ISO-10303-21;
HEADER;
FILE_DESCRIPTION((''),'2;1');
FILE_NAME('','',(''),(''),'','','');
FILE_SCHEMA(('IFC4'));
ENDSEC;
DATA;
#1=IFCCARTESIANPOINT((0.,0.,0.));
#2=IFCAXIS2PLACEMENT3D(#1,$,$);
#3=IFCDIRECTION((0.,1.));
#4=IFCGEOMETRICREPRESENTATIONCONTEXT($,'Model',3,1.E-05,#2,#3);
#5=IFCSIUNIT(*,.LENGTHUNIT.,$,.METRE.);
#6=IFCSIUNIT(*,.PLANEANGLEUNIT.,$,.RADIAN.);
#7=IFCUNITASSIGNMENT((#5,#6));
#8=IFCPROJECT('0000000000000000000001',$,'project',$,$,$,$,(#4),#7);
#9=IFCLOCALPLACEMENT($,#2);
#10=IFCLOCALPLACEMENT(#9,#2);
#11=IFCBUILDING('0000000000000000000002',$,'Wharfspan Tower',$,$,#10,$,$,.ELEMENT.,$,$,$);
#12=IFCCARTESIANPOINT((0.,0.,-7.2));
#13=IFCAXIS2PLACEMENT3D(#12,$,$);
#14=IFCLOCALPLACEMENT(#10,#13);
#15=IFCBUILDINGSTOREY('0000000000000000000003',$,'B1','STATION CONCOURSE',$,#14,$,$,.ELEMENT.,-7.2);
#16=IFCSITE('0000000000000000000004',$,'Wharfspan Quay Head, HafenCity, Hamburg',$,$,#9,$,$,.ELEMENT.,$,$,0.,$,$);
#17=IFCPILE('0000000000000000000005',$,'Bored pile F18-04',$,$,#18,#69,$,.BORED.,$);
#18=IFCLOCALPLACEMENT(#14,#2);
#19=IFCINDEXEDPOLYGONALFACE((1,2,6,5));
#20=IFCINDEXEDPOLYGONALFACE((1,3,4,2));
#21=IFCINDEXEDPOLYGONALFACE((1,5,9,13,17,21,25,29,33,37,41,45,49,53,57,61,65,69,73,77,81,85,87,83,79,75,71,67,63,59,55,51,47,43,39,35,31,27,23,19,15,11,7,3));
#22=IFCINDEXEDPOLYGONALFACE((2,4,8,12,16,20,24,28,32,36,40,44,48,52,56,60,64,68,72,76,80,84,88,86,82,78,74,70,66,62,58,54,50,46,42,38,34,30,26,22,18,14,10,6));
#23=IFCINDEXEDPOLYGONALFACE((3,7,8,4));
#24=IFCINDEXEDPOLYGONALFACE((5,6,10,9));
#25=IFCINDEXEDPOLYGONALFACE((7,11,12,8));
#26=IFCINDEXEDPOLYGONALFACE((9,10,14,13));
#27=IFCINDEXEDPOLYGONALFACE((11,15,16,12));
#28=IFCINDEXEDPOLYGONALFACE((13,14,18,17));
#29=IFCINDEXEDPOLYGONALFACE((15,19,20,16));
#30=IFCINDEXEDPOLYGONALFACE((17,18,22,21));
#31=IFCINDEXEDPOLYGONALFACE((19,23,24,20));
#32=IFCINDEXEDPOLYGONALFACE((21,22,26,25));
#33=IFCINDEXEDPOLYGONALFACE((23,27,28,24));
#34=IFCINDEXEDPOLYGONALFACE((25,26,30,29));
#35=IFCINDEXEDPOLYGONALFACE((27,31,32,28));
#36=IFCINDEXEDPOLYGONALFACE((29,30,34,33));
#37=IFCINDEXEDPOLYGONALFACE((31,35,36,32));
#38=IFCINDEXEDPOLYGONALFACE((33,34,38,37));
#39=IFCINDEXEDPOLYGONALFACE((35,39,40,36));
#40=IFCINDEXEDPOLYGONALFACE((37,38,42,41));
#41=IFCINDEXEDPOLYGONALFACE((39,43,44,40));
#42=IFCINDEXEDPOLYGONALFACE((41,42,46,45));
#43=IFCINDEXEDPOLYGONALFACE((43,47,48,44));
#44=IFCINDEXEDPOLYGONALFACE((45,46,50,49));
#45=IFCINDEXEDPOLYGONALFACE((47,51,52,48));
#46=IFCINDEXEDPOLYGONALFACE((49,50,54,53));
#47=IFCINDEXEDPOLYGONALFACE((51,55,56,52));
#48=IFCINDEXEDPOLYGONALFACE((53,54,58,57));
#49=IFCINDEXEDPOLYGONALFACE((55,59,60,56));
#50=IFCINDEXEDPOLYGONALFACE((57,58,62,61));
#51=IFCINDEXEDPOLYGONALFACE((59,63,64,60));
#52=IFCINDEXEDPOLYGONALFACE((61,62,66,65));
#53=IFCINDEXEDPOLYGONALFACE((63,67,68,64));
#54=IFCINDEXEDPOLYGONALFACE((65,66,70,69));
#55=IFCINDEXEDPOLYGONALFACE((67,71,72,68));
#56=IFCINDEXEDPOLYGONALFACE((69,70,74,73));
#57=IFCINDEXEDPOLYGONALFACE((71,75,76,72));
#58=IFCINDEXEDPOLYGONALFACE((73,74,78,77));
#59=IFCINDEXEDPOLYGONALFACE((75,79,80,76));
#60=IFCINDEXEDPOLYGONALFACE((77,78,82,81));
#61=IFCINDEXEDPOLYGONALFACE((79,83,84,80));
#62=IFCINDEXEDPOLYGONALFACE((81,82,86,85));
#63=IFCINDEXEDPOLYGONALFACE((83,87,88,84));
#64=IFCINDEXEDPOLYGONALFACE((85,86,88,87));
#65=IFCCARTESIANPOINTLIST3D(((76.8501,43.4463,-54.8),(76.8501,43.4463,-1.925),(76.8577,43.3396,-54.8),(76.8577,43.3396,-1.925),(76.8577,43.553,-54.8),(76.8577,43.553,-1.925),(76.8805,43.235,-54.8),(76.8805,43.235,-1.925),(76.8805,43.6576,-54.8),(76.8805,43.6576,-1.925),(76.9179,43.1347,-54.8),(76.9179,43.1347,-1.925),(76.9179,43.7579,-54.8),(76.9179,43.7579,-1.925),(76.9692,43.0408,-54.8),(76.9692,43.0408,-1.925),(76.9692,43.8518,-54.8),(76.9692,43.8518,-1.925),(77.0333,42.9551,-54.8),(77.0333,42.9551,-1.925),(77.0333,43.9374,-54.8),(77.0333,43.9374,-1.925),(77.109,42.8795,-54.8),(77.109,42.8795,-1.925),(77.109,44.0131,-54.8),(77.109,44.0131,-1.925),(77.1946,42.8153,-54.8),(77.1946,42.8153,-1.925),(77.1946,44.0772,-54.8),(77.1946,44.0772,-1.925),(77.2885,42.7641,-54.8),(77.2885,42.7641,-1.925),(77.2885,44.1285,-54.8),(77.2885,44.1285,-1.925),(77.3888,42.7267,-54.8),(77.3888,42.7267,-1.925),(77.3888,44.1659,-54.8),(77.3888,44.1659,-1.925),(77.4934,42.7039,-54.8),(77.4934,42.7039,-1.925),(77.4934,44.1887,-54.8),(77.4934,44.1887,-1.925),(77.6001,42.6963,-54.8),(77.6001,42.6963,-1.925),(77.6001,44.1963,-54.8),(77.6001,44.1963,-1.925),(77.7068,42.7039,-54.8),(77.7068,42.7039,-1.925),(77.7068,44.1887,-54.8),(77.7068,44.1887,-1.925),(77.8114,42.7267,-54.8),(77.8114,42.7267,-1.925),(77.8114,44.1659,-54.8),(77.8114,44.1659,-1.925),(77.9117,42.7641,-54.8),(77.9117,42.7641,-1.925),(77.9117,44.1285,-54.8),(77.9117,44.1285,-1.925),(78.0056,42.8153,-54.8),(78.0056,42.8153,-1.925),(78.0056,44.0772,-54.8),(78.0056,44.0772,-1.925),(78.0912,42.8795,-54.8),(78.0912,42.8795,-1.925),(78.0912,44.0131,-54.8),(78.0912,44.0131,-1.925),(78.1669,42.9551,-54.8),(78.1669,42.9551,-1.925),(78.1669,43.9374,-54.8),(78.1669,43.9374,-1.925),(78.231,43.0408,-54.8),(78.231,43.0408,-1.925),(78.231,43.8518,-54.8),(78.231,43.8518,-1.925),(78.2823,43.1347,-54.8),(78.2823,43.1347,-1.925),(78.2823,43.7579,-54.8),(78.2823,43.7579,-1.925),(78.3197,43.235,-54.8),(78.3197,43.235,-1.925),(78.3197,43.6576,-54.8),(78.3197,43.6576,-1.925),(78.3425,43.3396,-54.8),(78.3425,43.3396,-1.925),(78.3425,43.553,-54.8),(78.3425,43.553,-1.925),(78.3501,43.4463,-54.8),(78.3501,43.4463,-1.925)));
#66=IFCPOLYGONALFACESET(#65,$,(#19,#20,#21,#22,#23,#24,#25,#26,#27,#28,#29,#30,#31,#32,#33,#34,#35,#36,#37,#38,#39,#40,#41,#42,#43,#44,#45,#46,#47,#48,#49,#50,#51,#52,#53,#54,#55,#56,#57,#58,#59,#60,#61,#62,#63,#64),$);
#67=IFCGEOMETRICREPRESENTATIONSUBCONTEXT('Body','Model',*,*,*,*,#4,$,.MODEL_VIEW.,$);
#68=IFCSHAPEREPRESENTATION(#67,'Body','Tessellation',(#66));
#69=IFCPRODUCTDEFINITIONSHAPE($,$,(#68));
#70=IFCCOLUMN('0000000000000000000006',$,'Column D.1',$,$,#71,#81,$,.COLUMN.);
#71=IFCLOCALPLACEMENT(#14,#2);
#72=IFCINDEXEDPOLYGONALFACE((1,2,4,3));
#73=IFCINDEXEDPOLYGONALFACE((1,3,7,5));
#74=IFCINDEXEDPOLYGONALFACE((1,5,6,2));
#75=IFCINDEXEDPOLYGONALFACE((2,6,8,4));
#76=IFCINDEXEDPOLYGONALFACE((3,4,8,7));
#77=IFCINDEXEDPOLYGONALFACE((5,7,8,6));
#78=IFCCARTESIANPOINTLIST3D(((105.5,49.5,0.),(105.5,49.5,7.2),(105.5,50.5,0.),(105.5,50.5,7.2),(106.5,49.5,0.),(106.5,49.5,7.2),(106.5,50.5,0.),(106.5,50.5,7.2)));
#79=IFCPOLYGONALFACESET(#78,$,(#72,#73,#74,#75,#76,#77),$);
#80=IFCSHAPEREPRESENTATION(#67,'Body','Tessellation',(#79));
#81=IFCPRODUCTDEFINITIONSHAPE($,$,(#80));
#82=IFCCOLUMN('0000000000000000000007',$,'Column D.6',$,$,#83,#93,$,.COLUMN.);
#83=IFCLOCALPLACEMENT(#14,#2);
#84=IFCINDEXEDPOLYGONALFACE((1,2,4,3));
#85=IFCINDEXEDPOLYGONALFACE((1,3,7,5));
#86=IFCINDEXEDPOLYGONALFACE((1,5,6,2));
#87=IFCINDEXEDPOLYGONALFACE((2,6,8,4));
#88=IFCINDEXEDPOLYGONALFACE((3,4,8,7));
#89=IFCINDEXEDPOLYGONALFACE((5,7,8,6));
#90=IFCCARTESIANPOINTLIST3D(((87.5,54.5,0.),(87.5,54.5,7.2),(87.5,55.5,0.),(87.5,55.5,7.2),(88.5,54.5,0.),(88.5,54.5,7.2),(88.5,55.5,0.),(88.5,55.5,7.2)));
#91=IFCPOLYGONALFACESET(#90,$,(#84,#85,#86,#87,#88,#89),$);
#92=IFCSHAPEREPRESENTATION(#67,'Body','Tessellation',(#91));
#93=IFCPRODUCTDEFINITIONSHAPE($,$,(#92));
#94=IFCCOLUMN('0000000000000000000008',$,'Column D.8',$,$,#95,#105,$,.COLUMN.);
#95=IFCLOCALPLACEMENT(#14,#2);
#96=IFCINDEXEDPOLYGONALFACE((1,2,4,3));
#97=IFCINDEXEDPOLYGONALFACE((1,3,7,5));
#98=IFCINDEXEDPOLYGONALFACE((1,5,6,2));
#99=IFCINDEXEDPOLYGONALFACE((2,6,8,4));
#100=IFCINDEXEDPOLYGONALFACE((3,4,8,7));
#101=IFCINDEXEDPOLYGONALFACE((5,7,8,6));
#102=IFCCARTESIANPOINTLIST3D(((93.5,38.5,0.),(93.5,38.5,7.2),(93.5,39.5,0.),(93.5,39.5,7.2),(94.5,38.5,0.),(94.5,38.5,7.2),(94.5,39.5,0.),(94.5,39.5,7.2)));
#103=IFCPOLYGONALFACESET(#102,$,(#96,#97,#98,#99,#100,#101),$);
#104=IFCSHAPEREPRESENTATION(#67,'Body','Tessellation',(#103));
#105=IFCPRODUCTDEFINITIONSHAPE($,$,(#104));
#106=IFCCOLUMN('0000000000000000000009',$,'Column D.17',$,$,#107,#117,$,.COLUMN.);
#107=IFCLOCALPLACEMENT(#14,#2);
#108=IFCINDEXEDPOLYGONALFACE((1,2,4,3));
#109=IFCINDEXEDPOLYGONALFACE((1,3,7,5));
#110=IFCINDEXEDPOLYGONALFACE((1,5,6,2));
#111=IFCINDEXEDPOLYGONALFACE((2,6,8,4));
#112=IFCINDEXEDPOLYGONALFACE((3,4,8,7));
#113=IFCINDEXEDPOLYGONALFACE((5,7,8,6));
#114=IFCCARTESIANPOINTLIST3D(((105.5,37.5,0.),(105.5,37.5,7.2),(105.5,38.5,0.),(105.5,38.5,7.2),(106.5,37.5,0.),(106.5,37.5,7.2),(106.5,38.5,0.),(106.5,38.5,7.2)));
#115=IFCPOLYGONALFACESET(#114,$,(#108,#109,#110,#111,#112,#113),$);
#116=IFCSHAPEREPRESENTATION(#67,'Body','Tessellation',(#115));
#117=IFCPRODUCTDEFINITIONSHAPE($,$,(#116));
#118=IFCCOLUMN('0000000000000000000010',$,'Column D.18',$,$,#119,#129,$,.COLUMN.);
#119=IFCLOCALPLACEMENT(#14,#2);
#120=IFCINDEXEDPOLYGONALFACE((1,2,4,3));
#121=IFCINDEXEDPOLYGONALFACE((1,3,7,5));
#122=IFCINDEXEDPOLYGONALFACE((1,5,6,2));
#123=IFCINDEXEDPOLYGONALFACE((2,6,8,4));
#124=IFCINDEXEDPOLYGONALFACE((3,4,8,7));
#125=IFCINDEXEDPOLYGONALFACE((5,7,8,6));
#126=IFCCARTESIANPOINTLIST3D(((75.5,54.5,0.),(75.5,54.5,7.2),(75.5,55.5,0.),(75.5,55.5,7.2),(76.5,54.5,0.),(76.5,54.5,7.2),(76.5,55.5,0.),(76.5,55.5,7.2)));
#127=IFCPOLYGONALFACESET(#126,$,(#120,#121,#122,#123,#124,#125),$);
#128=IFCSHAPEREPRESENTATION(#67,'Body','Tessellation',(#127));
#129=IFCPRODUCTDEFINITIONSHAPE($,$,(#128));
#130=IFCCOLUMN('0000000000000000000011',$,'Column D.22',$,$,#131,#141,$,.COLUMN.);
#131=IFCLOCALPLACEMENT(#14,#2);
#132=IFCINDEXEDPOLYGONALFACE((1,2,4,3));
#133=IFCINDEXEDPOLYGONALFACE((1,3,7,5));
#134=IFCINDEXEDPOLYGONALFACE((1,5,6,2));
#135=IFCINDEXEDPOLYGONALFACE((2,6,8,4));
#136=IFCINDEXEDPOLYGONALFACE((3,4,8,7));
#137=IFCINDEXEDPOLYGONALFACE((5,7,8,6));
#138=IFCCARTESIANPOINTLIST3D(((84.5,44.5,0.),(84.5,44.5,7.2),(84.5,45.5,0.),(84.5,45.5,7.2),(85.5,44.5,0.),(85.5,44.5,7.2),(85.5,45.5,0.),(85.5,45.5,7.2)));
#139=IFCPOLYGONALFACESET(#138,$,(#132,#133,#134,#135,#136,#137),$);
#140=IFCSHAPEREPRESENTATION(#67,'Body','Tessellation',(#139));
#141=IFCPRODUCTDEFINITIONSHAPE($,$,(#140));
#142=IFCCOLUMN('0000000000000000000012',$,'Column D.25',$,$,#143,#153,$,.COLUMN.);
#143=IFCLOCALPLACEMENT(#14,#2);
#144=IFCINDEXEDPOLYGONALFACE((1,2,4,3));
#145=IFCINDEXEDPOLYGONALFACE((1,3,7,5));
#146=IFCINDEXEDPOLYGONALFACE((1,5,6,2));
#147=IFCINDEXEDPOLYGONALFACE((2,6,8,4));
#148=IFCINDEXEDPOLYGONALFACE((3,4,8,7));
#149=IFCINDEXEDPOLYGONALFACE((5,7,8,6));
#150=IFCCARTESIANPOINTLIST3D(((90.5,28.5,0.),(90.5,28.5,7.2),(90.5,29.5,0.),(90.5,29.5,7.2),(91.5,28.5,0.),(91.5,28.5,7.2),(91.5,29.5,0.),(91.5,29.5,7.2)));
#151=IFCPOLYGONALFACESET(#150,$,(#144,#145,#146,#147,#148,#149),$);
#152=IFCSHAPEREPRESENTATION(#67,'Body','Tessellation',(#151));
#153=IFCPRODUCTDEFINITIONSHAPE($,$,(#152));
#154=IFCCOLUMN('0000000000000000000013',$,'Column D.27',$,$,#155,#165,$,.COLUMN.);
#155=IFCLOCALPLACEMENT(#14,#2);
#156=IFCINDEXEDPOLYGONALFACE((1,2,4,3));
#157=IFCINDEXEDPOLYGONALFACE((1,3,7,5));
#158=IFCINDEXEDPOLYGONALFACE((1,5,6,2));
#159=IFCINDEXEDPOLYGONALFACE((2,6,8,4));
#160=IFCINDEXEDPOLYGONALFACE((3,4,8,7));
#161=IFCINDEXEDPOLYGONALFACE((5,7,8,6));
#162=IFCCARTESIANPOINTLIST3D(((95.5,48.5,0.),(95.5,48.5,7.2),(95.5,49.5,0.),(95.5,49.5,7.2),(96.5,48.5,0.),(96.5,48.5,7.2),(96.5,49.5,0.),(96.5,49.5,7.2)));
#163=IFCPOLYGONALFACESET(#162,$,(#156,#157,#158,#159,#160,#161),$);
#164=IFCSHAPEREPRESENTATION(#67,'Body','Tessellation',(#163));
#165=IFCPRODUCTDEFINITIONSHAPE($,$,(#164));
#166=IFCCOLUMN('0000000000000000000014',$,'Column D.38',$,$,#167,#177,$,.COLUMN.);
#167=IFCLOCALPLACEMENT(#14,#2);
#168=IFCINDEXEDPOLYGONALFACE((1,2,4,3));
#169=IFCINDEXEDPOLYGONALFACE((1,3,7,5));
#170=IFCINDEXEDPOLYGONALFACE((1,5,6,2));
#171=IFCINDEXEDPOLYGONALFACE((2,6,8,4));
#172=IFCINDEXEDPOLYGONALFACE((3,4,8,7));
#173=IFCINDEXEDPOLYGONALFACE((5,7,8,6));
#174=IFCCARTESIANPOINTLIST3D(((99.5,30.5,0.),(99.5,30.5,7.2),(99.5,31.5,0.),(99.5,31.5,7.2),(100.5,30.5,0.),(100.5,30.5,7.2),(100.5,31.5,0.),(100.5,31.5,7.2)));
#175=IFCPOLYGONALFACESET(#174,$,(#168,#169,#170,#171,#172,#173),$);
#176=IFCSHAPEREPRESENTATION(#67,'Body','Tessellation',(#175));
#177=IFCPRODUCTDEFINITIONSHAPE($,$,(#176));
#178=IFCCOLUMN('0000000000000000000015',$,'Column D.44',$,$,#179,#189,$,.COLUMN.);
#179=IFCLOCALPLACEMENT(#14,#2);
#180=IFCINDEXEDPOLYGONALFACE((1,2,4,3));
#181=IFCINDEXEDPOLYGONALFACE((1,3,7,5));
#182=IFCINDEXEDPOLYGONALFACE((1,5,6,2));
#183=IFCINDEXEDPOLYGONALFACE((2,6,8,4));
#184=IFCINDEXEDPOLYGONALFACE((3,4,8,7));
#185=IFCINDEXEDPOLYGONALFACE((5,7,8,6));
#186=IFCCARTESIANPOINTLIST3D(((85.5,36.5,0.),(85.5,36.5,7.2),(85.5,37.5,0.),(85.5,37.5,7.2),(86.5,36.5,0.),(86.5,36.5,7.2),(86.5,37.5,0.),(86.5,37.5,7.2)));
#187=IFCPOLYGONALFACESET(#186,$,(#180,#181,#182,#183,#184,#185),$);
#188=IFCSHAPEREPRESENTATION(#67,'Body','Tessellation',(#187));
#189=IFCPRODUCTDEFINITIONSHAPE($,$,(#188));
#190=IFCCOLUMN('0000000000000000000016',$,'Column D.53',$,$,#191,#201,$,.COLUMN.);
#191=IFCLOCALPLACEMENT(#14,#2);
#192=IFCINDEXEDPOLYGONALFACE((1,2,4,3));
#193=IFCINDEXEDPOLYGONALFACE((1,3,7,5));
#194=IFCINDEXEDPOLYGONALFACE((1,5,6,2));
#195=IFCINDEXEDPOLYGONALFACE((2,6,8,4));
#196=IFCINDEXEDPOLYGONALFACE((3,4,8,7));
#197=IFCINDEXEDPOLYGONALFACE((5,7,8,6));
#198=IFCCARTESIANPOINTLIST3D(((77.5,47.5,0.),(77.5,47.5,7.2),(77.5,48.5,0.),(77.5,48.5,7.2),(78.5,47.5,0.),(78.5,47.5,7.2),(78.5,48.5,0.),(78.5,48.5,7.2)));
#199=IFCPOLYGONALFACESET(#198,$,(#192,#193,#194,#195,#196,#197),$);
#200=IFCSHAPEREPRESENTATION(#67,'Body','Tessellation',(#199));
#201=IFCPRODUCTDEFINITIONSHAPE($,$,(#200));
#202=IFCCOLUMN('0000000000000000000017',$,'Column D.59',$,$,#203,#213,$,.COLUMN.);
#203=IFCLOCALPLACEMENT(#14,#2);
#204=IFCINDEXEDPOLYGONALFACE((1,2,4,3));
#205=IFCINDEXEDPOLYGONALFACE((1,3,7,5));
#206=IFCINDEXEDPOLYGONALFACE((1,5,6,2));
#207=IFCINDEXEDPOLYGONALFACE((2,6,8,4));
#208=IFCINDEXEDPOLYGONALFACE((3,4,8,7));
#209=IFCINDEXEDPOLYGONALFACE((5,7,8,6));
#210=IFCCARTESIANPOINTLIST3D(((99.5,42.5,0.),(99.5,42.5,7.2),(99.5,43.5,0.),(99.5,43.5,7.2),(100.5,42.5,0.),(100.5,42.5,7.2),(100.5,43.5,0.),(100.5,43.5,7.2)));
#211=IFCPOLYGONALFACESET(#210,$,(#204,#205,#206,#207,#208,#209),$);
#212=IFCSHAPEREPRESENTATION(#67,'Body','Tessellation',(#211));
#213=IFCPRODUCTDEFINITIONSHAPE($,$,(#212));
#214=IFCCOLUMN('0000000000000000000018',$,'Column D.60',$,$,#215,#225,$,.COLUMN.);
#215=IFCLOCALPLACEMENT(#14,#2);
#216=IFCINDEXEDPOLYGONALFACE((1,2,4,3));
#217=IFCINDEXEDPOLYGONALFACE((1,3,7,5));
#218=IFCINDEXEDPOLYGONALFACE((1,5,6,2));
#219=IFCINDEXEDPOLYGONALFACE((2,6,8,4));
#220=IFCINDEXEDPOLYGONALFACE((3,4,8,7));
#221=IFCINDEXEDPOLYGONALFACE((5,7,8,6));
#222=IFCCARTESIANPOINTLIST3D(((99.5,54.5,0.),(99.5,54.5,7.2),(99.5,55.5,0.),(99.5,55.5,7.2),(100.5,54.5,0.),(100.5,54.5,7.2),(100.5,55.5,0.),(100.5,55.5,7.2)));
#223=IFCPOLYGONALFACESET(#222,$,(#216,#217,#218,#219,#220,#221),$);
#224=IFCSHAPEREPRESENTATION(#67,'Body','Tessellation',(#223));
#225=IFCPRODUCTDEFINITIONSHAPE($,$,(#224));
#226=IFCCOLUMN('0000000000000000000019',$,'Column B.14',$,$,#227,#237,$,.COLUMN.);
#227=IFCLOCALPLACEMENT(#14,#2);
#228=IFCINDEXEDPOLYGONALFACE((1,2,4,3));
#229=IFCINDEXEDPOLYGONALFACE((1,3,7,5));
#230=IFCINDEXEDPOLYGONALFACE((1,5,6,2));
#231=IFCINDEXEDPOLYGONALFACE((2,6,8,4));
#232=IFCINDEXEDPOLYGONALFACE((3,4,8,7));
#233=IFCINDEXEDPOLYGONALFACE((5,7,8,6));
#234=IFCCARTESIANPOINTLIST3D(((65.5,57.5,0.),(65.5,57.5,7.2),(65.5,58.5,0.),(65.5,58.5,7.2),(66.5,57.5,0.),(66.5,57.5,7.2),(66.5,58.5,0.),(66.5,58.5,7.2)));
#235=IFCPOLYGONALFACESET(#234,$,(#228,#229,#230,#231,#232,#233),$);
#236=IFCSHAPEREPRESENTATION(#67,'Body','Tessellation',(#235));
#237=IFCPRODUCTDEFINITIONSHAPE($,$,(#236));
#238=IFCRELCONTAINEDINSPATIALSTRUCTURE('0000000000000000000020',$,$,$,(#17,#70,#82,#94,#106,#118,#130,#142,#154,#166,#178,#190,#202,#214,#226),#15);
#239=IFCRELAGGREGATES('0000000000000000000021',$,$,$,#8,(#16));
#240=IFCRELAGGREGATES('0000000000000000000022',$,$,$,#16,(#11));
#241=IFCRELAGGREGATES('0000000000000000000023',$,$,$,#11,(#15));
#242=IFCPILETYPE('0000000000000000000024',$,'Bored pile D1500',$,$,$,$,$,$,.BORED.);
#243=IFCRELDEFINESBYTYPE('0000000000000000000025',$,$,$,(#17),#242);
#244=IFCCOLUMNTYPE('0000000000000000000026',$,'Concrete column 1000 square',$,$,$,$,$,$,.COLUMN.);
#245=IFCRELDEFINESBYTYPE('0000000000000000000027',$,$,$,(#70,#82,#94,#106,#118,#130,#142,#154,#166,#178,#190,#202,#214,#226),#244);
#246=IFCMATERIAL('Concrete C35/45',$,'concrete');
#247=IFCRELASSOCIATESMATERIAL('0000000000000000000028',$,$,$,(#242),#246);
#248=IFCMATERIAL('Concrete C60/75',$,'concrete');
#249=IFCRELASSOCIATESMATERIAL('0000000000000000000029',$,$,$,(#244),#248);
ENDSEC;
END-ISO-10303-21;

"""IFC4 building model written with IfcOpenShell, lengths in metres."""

from ifc_helpers import new_model, si_unit, direction, frame, origin, origin_2d, place, context, subcontext, project, spatial, rectangle, circle, extrude, material, material_profile, profile_set, type_object, element, save


model = new_model("IFC4")

# Units and contexts
model_context = context("Model", 3, precision=1e-05, world=origin(), true_north=direction((0.0, 1.0)))
body_context = subcontext(model_context, "Body", "Model", "MODEL_VIEW")
ifc_project = project(units=[si_unit("LENGTHUNIT", "METRE"), si_unit("PLANEANGLEUNIT", "RADIAN")], contexts=[model_context])

# Site, building, storey
site_placement = place(None, origin())
site = spatial("IfcSite", under=ifc_project, at=site_placement, Name="Wharfspan Quay Head, HafenCity, Hamburg", CompositionType="ELEMENT", RefElevation=0.0)
building_placement = place(site_placement, origin())
building = spatial("IfcBuilding", under=site, at=building_placement, Name="Wharfspan Tower", CompositionType="ELEMENT")
storey_placement = place(building_placement, frame((0.0, 0.0, -7.2)))
storey = spatial("IfcBuildingStorey", under=building, at=storey_placement, Name="B1", Description="STATION CONCOURSE", CompositionType="ELEMENT", Elevation=-7.2)

# Pile
ifc_material_1 = material(Name="Concrete C35/45", Category="concrete")
ifc_material_profile_1 = material_profile(ifc_material_1, circle(Radius=0.75, at=origin_2d()))
ifc_profile_set_1 = profile_set([ifc_material_profile_1], Name="Concrete C35/45")
pile_type = type_object("IfcPileType", Name="Bored pile D1500", PredefinedType="BORED", material=ifc_profile_set_1)
for number, where, z_axis, x_axis, name in (
    (1, (77.6001, 43.4463, -1.925), (0.0, 0.0, -1.0), (1.0, 0.0, 0.0), "Bored pile F18-04"),
):
    element("IfcPile", number, at=place(storey_placement, frame(where, z_axis=z_axis, x_axis=x_axis)), inside=storey, type_object=pile_type, Name=name, PredefinedType="BORED", context=body_context, shape_type="SweptSolid", body=[
        extrude(circle(Radius=0.75, at=origin_2d()), origin(), (0.0, 0.0, 1.0), 52.875),
    ])

# Columns
ifc_material_2 = material(Name="Concrete C60/75", Category="concrete")
ifc_material_profile_2 = material_profile(ifc_material_2, rectangle(XDim=1.0, YDim=1.0, at=origin_2d()))
ifc_profile_set_2 = profile_set([ifc_material_profile_2], Name="Concrete C60/75")
column_type_1 = type_object("IfcColumnType", Name="Concrete column 1000 square", PredefinedType="COLUMN", material=ifc_profile_set_2)
for number, where, z_axis, x_axis, name in (
    (2, (106.0, 50.0, 0.0), (0.0, 0.0, 1.0), (1.0, 0.0, 0.0), "Column D.1"),
    (3, (88.0, 55.0, 0.0), (0.0, 0.0, 1.0), (1.0, 0.0, 0.0), "Column D.6"),
    (4, (94.0, 39.0, 0.0), (0.0, 0.0, 1.0), (1.0, 0.0, 0.0), "Column D.8"),
    (5, (106.0, 38.0, 0.0), (0.0, 0.0, 1.0), (1.0, 0.0, 0.0), "Column D.17"),
    (6, (76.0, 55.0, 0.0), (0.0, 0.0, 1.0), (1.0, 0.0, 0.0), "Column D.18"),
    (7, (85.0, 45.0, 0.0), (0.0, 0.0, 1.0), (1.0, 0.0, 0.0), "Column D.22"),
    (8, (91.0, 29.0, 0.0), (0.0, 0.0, 1.0), (1.0, 0.0, 0.0), "Column D.25"),
    (9, (96.0, 49.0, 0.0), (0.0, 0.0, 1.0), (1.0, 0.0, 0.0), "Column D.27"),
    (10, (100.0, 31.0, 0.0), (0.0, 0.0, 1.0), (1.0, 0.0, 0.0), "Column D.38"),
    (11, (86.0, 37.0, 0.0), (0.0, 0.0, 1.0), (1.0, 0.0, 0.0), "Column D.44"),
    (12, (78.0, 48.0, 0.0), (0.0, 0.0, 1.0), (1.0, 0.0, 0.0), "Column D.53"),
    (13, (100.0, 43.0, 0.0), (0.0, 0.0, 1.0), (1.0, 0.0, 0.0), "Column D.59"),
    (14, (100.0, 55.0, 0.0), (0.0, 0.0, 1.0), (1.0, 0.0, 0.0), "Column D.60"),
    (15, (66.0, 58.0, 0.0), (0.0, 0.0, 1.0), (1.0, 0.0, 0.0), "Column B.14"),
):
    element("IfcColumn", number, at=place(storey_placement, frame(where, z_axis=z_axis, x_axis=x_axis)), inside=storey, type_object=column_type_1, Name=name, PredefinedType="COLUMN", context=body_context, shape_type="SweptSolid", body=[
        extrude(rectangle(XDim=1.0, YDim=1.0, at=origin_2d()), origin(), (0.0, 0.0, 1.0), 7.2),
    ])

save(model, "model.ifc")
